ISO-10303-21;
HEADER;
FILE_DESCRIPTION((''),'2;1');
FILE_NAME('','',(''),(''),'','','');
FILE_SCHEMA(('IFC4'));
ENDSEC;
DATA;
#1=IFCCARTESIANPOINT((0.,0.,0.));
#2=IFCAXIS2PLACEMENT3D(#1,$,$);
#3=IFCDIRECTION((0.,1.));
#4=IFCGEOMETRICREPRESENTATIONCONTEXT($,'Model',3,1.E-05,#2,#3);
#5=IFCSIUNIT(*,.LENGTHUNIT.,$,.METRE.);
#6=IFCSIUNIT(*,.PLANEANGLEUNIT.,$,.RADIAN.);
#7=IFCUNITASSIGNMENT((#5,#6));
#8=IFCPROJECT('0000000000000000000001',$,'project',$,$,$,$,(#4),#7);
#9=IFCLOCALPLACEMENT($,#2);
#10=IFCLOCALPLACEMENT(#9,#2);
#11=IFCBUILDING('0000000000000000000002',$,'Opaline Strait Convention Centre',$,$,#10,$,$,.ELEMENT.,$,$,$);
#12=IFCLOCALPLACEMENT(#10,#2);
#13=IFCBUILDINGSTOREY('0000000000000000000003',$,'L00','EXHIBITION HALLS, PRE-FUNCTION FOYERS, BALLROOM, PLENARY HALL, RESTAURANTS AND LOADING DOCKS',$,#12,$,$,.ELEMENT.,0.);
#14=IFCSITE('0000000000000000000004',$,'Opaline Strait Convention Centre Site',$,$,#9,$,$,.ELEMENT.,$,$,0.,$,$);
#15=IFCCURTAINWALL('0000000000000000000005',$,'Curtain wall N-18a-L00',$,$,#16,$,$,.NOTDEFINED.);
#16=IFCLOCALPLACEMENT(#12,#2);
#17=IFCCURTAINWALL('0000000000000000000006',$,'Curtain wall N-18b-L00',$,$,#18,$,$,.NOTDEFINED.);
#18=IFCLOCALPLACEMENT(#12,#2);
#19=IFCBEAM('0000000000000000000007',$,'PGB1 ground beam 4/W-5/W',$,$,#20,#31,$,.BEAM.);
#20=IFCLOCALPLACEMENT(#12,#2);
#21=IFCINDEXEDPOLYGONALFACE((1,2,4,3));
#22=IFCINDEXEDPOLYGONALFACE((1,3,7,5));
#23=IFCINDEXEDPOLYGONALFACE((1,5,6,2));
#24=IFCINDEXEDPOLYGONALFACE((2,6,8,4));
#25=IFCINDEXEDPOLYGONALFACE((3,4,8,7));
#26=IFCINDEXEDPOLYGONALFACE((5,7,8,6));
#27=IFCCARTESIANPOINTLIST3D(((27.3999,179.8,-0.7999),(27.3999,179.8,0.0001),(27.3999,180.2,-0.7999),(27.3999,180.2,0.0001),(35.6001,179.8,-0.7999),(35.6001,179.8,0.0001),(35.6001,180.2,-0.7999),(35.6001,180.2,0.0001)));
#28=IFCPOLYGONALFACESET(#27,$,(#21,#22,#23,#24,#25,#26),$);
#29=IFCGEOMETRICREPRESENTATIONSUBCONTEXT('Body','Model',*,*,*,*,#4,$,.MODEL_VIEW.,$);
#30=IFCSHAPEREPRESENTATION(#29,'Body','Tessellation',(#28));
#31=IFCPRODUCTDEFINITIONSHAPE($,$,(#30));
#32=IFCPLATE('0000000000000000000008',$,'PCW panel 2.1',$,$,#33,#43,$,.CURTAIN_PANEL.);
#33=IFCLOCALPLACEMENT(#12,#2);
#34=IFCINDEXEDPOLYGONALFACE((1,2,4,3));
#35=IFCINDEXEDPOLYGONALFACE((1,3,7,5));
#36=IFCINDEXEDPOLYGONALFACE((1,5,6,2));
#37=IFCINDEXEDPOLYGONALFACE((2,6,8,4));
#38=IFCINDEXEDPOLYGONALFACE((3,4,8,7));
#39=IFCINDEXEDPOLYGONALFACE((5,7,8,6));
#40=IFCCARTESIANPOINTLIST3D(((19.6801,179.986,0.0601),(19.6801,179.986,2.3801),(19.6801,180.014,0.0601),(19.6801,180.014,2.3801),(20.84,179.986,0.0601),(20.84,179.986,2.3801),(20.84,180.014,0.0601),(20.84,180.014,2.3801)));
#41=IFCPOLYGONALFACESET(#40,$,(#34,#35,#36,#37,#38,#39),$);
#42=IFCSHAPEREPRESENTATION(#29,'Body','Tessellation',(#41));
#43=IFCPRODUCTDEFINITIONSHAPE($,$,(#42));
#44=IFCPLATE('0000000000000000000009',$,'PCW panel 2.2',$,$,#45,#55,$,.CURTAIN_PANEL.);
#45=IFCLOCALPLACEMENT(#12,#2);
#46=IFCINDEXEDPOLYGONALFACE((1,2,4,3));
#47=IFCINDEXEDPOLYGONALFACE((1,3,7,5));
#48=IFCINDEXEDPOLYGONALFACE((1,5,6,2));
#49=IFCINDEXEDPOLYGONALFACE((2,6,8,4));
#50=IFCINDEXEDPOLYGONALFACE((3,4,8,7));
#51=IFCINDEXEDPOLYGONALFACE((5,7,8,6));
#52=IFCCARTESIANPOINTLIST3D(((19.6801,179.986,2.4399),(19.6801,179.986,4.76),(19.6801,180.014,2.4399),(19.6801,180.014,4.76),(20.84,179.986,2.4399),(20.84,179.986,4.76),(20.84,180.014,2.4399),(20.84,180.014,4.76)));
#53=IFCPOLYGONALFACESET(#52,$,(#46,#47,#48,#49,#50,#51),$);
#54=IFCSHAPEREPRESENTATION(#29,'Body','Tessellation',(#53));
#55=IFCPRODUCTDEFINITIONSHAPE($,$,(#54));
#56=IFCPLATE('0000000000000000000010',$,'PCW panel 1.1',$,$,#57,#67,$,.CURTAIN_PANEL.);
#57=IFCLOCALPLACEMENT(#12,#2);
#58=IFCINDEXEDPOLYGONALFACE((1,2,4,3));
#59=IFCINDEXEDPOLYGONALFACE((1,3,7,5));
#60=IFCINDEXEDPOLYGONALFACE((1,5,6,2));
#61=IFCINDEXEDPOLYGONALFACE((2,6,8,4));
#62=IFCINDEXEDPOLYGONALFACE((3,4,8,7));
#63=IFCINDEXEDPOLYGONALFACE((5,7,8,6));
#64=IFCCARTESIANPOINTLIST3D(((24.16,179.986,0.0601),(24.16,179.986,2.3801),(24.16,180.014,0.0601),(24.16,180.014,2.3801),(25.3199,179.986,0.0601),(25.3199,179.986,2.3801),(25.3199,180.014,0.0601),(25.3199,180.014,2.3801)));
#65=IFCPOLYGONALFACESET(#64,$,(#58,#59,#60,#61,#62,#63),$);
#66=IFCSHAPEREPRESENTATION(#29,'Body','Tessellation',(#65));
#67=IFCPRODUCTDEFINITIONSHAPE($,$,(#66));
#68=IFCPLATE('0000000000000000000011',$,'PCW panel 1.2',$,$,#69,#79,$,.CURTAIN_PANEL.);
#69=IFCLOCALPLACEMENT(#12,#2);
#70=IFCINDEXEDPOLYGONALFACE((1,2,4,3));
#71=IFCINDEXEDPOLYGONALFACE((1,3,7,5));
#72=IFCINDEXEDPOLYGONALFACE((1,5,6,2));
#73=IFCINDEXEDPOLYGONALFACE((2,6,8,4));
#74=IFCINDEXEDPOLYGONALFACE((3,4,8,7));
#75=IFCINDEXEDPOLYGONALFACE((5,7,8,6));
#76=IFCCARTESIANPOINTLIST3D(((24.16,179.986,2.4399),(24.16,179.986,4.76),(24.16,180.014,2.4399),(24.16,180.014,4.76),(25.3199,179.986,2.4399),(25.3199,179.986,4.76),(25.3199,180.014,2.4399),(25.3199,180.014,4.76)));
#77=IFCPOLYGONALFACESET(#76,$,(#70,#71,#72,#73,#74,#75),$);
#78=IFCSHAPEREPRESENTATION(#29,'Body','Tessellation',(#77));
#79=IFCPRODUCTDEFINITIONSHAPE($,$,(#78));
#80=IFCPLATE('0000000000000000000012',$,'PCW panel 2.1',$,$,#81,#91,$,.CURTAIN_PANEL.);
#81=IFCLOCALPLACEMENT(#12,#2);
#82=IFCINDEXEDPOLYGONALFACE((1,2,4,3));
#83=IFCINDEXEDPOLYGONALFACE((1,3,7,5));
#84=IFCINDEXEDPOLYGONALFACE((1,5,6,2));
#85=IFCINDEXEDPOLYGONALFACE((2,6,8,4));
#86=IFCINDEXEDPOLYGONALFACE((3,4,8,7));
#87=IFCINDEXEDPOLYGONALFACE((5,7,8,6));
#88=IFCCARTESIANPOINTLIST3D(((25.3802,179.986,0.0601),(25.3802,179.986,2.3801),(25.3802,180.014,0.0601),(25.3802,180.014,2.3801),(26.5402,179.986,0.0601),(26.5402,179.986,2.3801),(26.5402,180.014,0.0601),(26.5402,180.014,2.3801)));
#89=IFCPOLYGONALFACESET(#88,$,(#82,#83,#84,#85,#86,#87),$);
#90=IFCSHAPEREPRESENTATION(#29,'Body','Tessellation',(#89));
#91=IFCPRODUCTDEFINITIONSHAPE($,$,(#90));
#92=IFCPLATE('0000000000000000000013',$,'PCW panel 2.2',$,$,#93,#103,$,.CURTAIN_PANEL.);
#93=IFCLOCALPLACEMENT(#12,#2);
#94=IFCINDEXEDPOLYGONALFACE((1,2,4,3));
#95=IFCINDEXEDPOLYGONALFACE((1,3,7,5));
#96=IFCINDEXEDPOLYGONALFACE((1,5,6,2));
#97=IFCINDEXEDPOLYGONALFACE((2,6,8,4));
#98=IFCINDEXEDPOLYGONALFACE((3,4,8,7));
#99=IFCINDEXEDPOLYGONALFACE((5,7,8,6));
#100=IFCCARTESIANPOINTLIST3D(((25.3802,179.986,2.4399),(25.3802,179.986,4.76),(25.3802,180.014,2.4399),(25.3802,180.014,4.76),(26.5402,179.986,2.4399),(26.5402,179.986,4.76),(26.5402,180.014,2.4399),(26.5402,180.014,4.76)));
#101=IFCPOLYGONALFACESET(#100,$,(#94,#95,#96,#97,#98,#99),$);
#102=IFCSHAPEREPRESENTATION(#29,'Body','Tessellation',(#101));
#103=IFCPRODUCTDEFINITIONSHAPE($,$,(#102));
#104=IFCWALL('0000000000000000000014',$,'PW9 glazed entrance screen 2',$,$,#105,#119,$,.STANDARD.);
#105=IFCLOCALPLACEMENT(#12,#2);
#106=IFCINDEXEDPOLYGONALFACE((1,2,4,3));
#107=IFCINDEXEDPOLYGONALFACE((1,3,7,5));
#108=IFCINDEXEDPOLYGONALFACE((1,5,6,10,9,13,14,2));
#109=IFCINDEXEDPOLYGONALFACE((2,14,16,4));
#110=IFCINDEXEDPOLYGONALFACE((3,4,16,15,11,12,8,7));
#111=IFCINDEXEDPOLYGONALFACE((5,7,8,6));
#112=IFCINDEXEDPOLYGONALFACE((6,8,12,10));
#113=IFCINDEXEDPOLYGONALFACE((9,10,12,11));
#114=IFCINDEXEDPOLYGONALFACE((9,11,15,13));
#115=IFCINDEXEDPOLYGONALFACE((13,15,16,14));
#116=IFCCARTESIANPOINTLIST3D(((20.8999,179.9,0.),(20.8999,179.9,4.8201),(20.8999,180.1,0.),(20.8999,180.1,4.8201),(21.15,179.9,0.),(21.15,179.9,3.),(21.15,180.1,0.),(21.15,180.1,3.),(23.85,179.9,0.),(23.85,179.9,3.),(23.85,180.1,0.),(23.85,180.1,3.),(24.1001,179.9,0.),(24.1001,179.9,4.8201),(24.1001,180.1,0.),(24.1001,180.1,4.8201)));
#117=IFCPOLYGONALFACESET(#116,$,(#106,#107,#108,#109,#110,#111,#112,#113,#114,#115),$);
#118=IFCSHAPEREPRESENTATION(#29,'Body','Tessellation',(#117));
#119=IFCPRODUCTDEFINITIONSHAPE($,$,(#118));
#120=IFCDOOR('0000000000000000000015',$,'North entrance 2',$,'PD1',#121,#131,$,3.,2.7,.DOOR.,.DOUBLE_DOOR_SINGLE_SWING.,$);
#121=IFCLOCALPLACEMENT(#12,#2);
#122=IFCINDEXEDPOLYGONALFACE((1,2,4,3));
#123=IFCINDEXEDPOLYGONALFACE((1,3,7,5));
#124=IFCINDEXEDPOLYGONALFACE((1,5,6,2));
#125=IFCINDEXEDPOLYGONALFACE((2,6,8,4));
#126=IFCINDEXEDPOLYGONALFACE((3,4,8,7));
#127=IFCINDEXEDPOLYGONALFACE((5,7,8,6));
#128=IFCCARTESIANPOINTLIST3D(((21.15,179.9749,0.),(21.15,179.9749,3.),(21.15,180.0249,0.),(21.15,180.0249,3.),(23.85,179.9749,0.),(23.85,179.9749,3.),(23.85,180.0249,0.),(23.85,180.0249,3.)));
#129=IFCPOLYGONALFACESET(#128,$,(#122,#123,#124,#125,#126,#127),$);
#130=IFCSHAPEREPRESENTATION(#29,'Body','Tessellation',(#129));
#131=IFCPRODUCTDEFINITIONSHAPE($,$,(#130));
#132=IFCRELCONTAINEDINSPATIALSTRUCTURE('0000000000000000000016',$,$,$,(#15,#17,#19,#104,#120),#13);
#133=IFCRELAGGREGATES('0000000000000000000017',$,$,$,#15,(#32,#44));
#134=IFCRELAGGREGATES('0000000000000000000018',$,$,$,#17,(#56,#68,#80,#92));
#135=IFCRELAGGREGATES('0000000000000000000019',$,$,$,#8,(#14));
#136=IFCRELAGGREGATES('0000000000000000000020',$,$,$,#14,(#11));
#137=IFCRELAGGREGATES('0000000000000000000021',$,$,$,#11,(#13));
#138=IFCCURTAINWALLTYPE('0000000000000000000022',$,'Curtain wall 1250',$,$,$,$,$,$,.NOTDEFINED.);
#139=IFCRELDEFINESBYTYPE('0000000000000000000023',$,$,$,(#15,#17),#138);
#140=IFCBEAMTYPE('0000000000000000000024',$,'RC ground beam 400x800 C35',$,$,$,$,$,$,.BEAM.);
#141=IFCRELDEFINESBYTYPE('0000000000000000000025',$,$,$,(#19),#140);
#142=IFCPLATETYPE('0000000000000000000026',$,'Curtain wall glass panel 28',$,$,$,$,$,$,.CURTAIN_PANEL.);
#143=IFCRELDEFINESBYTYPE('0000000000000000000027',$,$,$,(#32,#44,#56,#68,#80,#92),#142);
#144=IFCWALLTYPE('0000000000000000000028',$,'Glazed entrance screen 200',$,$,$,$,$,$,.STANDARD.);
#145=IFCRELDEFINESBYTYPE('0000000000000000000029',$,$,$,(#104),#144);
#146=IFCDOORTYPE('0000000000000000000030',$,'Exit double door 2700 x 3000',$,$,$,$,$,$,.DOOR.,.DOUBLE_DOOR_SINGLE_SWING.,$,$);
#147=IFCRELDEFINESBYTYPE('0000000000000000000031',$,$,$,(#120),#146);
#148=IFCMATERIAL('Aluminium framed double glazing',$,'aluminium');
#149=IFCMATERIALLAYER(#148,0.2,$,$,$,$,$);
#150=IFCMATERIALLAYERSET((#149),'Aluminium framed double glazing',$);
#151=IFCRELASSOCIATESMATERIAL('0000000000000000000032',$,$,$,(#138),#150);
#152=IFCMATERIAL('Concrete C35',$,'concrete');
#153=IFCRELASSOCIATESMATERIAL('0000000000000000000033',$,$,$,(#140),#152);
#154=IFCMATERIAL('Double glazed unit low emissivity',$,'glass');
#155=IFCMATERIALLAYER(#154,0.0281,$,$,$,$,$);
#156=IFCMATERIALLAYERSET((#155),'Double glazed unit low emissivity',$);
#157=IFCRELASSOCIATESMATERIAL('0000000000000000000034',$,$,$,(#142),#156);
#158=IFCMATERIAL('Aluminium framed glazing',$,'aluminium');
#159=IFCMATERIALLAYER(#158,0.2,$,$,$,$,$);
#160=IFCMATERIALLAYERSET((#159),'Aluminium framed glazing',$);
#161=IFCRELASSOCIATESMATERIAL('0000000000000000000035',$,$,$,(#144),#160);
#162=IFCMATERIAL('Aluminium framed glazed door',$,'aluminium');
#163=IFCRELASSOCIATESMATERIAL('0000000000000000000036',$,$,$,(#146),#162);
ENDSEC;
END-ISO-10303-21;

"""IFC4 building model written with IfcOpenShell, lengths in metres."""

from ifc_helpers import new_model, si_unit, direction, frame, frame_2d, origin, origin_2d, place, context, subcontext, project, spatial, rectangle, extrude, material, layer, layer_set, material_profile, profile_set, type_object, element, fill, aggregate, save


model = new_model("IFC4")

# Units and contexts
model_context = context("Model", 3, precision=1e-05, world=origin(), true_north=direction((0.0, 1.0)))
body_context = subcontext(model_context, "Body", "Model", "MODEL_VIEW")
ifc_project = project(units=[si_unit("LENGTHUNIT", "METRE"), si_unit("PLANEANGLEUNIT", "RADIAN")], contexts=[model_context])

# Site, building, storey
site_placement = place(None, origin())
site = spatial("IfcSite", under=ifc_project, at=site_placement, Name="Opaline Strait Convention Centre Site", CompositionType="ELEMENT", RefElevation=0.0)
building_placement = place(site_placement, origin())
building = spatial("IfcBuilding", under=site, at=building_placement, Name="Opaline Strait Convention Centre", CompositionType="ELEMENT")
storey_placement = place(building_placement, origin())
storey = spatial("IfcBuildingStorey", under=building, at=storey_placement, Name="L00", Description="EXHIBITION HALLS, PRE-FUNCTION FOYERS, BALLROOM, PLENARY HALL, RESTAURANTS AND LOADING DOCKS", CompositionType="ELEMENT", Elevation=0.0)

# Shared definitions
ifc_material_1 = material(Name="Concrete C35", Category="concrete")

# Curtain wall
ifc_material_2 = material(Name="Aluminium framed double glazing", Category="aluminium")
ifc_layer_1 = layer(ifc_material_2, 0.2)
ifc_layer_set_1 = layer_set([ifc_layer_1], Name="Aluminium framed double glazing")
curtain_wall_type = type_object("IfcCurtainWallType", Name="Curtain wall 1250", PredefinedType="NOTDEFINED", material=ifc_layer_set_1)
curtain_wall_1_placement = place(storey_placement, origin())
curtain_wall_1 = element("IfcCurtainWall", 1, at=curtain_wall_1_placement, inside=storey, type_object=curtain_wall_type, Name="Curtain wall N-18a-L00", PredefinedType="NOTDEFINED")

# Curtain wall
curtain_wall_2_placement = place(storey_placement, origin())
curtain_wall_2 = element("IfcCurtainWall", 2, at=curtain_wall_2_placement, inside=storey, type_object=curtain_wall_type, Name="Curtain wall N-18b-L00", PredefinedType="NOTDEFINED")

# Beam
ifc_material_profile_1 = material_profile(ifc_material_1, rectangle(XDim=0.3999, YDim=0.8, at=origin_2d()), Name="RC 400x800")
ifc_profile_set_1 = profile_set([ifc_material_profile_1], Name="Concrete C35")
beam_type = type_object("IfcBeamType", Name="RC ground beam 400x800 C35", PredefinedType="BEAM", material=ifc_profile_set_1)
beam_placement = place(storey_placement, frame((27.3999, 180.0, -0.3999), z_axis=(1.0, 0.0, 0.0), x_axis=(0.0, 1.0, 0.0)))
element("IfcBeam", 3, at=beam_placement, inside=storey, type_object=beam_type, Name="PGB1 ground beam 4/W-5/W", PredefinedType="BEAM", context=body_context, shape_type="SweptSolid", body=[
    extrude(rectangle(XDim=0.3999, YDim=0.8, at=origin_2d()), origin(), (0.0, 0.0, 1.0), 8.2002),
])

# Plates
ifc_material_3 = material(Name="Double glazed unit low emissivity", Category="glass")
ifc_layer_2 = layer(ifc_material_3, 0.0281)
ifc_layer_set_2 = layer_set([ifc_layer_2], Name="Double glazed unit low emissivity")
plate_type = type_object("IfcPlateType", Name="Curtain wall glass panel 28", PredefinedType="CURTAIN_PANEL", material=ifc_layer_set_2)
plate_1_placement = place(storey_placement, frame((20.26, 180.0, 0.0601), z_axis=(0.0, 0.0, 1.0), x_axis=(1.0, 0.0, 0.0)))
plate_1 = element("IfcPlate", 4, at=plate_1_placement, type_object=plate_type, Name="PCW panel 2.1", PredefinedType="CURTAIN_PANEL", context=body_context, shape_type="SweptSolid", body=[
    extrude(rectangle(XDim=1.1599, YDim=0.0281, at=origin_2d()), origin(), (0.0, 0.0, 1.0), 2.3201),
])
plate_2_placement = place(storey_placement, frame((20.26, 180.0, 2.4399), z_axis=(0.0, 0.0, 1.0), x_axis=(1.0, 0.0, 0.0)))
plate_2 = element("IfcPlate", 5, at=plate_2_placement, type_object=plate_type, Name="PCW panel 2.2", PredefinedType="CURTAIN_PANEL", context=body_context, shape_type="SweptSolid", body=[
    extrude(rectangle(XDim=1.1599, YDim=0.0281, at=origin_2d()), origin(), (0.0, 0.0, 1.0), 2.3201),
])
aggregate(curtain_wall_1, [plate_1, plate_2])
plate_3_placement = place(storey_placement, frame((24.74, 180.0, 0.0601), z_axis=(0.0, 0.0, 1.0), x_axis=(1.0, 0.0, 0.0)))
plate_3 = element("IfcPlate", 6, at=plate_3_placement, type_object=plate_type, Name="PCW panel 1.1", PredefinedType="CURTAIN_PANEL", context=body_context, shape_type="SweptSolid", body=[
    extrude(rectangle(XDim=1.1599, YDim=0.0281, at=origin_2d()), origin(), (0.0, 0.0, 1.0), 2.3201),
])
plate_4_placement = place(storey_placement, frame((24.74, 180.0, 2.4399), z_axis=(0.0, 0.0, 1.0), x_axis=(1.0, 0.0, 0.0)))
plate_4 = element("IfcPlate", 7, at=plate_4_placement, type_object=plate_type, Name="PCW panel 1.2", PredefinedType="CURTAIN_PANEL", context=body_context, shape_type="SweptSolid", body=[
    extrude(rectangle(XDim=1.1599, YDim=0.0281, at=origin_2d()), origin(), (0.0, 0.0, 1.0), 2.3201),
])
plate_5_placement = place(storey_placement, frame((25.9602, 180.0, 0.0601), z_axis=(0.0, 0.0, 1.0), x_axis=(1.0, 0.0, 0.0)))
plate_5 = element("IfcPlate", 8, at=plate_5_placement, type_object=plate_type, Name="PCW panel 2.1", PredefinedType="CURTAIN_PANEL", context=body_context, shape_type="SweptSolid", body=[
    extrude(rectangle(XDim=1.1599, YDim=0.0281, at=origin_2d()), origin(), (0.0, 0.0, 1.0), 2.3201),
])
plate_6_placement = place(storey_placement, frame((25.9602, 180.0, 2.4399), z_axis=(0.0, 0.0, 1.0), x_axis=(1.0, 0.0, 0.0)))
plate_6 = element("IfcPlate", 9, at=plate_6_placement, type_object=plate_type, Name="PCW panel 2.2", PredefinedType="CURTAIN_PANEL", context=body_context, shape_type="SweptSolid", body=[
    extrude(rectangle(XDim=1.1599, YDim=0.0281, at=origin_2d()), origin(), (0.0, 0.0, 1.0), 2.3201),
])
aggregate(curtain_wall_2, [plate_3, plate_4, plate_5, plate_6])

# Wall, opening, door
ifc_material_4 = material(Name="Aluminium framed glazing", Category="aluminium")
ifc_layer_3 = layer(ifc_material_4, 0.2)
ifc_layer_set_3 = layer_set([ifc_layer_3], Name="Aluminium framed glazing")
wall_type = type_object("IfcWallType", Name="Glazed entrance screen 200", PredefinedType="STANDARD", material=ifc_layer_set_3)
wall_placement = place(storey_placement, frame((20.8999, 180.0, 0.0), z_axis=(0.0, 0.0, 1.0), x_axis=(1.0, 0.0, 0.0)))
wall = element("IfcWall", 10, at=wall_placement, inside=storey, type_object=wall_type, Name="PW9 glazed entrance screen 2", PredefinedType="STANDARD", context=body_context, shape_type="SweptSolid", body=[
    extrude(rectangle(XDim=3.2002, YDim=0.2, at=frame_2d((1.6001, 0.0))), origin(), (0.0, 0.0, 1.0), 4.8201),
])
opening_placement = place(wall_placement, frame((0.25, 0.0, 0.0)))
opening = element("IfcOpeningElement", 11, at=opening_placement, cuts=wall, PredefinedType="OPENING", context=body_context, shape_type="SweptSolid", body=[
    extrude(rectangle(XDim=2.7, YDim=3.0, at=frame_2d((1.3501, 1.5))), frame((0.0, 0.1099, 0.0), z_axis=(0.0, -1.0, 0.0), x_axis=(1.0, 0.0, 0.0)), (0.0, 0.0, 1.0), 0.22),
])
ifc_material_5 = material(Name="Aluminium framed glazed door", Category="aluminium")
door_type = type_object("IfcDoorType", Name="Exit double door 2700 x 3000", OperationType="DOUBLE_DOOR_SINGLE_SWING", PredefinedType="DOOR", material=ifc_material_5)
door_placement = place(opening_placement, origin())
door = element("IfcDoor", 12, at=door_placement, inside=storey, type_object=door_type, Name="North entrance 2", ObjectType="PD1", OperationType="DOUBLE_DOOR_SINGLE_SWING", OverallHeight=3.0, OverallWidth=2.7, PredefinedType="DOOR", context=body_context, shape_type="SweptSolid", body=[
    extrude(rectangle(XDim=2.7, YDim=3.0, at=frame_2d((1.3501, 1.5))), frame((0.0, 0.0249, 0.0), z_axis=(0.0, -1.0, 0.0), x_axis=(1.0, 0.0, 0.0)), (0.0, 0.0, 1.0), 0.05),
])
fill(opening, door)

save(model, "model.ifc")
